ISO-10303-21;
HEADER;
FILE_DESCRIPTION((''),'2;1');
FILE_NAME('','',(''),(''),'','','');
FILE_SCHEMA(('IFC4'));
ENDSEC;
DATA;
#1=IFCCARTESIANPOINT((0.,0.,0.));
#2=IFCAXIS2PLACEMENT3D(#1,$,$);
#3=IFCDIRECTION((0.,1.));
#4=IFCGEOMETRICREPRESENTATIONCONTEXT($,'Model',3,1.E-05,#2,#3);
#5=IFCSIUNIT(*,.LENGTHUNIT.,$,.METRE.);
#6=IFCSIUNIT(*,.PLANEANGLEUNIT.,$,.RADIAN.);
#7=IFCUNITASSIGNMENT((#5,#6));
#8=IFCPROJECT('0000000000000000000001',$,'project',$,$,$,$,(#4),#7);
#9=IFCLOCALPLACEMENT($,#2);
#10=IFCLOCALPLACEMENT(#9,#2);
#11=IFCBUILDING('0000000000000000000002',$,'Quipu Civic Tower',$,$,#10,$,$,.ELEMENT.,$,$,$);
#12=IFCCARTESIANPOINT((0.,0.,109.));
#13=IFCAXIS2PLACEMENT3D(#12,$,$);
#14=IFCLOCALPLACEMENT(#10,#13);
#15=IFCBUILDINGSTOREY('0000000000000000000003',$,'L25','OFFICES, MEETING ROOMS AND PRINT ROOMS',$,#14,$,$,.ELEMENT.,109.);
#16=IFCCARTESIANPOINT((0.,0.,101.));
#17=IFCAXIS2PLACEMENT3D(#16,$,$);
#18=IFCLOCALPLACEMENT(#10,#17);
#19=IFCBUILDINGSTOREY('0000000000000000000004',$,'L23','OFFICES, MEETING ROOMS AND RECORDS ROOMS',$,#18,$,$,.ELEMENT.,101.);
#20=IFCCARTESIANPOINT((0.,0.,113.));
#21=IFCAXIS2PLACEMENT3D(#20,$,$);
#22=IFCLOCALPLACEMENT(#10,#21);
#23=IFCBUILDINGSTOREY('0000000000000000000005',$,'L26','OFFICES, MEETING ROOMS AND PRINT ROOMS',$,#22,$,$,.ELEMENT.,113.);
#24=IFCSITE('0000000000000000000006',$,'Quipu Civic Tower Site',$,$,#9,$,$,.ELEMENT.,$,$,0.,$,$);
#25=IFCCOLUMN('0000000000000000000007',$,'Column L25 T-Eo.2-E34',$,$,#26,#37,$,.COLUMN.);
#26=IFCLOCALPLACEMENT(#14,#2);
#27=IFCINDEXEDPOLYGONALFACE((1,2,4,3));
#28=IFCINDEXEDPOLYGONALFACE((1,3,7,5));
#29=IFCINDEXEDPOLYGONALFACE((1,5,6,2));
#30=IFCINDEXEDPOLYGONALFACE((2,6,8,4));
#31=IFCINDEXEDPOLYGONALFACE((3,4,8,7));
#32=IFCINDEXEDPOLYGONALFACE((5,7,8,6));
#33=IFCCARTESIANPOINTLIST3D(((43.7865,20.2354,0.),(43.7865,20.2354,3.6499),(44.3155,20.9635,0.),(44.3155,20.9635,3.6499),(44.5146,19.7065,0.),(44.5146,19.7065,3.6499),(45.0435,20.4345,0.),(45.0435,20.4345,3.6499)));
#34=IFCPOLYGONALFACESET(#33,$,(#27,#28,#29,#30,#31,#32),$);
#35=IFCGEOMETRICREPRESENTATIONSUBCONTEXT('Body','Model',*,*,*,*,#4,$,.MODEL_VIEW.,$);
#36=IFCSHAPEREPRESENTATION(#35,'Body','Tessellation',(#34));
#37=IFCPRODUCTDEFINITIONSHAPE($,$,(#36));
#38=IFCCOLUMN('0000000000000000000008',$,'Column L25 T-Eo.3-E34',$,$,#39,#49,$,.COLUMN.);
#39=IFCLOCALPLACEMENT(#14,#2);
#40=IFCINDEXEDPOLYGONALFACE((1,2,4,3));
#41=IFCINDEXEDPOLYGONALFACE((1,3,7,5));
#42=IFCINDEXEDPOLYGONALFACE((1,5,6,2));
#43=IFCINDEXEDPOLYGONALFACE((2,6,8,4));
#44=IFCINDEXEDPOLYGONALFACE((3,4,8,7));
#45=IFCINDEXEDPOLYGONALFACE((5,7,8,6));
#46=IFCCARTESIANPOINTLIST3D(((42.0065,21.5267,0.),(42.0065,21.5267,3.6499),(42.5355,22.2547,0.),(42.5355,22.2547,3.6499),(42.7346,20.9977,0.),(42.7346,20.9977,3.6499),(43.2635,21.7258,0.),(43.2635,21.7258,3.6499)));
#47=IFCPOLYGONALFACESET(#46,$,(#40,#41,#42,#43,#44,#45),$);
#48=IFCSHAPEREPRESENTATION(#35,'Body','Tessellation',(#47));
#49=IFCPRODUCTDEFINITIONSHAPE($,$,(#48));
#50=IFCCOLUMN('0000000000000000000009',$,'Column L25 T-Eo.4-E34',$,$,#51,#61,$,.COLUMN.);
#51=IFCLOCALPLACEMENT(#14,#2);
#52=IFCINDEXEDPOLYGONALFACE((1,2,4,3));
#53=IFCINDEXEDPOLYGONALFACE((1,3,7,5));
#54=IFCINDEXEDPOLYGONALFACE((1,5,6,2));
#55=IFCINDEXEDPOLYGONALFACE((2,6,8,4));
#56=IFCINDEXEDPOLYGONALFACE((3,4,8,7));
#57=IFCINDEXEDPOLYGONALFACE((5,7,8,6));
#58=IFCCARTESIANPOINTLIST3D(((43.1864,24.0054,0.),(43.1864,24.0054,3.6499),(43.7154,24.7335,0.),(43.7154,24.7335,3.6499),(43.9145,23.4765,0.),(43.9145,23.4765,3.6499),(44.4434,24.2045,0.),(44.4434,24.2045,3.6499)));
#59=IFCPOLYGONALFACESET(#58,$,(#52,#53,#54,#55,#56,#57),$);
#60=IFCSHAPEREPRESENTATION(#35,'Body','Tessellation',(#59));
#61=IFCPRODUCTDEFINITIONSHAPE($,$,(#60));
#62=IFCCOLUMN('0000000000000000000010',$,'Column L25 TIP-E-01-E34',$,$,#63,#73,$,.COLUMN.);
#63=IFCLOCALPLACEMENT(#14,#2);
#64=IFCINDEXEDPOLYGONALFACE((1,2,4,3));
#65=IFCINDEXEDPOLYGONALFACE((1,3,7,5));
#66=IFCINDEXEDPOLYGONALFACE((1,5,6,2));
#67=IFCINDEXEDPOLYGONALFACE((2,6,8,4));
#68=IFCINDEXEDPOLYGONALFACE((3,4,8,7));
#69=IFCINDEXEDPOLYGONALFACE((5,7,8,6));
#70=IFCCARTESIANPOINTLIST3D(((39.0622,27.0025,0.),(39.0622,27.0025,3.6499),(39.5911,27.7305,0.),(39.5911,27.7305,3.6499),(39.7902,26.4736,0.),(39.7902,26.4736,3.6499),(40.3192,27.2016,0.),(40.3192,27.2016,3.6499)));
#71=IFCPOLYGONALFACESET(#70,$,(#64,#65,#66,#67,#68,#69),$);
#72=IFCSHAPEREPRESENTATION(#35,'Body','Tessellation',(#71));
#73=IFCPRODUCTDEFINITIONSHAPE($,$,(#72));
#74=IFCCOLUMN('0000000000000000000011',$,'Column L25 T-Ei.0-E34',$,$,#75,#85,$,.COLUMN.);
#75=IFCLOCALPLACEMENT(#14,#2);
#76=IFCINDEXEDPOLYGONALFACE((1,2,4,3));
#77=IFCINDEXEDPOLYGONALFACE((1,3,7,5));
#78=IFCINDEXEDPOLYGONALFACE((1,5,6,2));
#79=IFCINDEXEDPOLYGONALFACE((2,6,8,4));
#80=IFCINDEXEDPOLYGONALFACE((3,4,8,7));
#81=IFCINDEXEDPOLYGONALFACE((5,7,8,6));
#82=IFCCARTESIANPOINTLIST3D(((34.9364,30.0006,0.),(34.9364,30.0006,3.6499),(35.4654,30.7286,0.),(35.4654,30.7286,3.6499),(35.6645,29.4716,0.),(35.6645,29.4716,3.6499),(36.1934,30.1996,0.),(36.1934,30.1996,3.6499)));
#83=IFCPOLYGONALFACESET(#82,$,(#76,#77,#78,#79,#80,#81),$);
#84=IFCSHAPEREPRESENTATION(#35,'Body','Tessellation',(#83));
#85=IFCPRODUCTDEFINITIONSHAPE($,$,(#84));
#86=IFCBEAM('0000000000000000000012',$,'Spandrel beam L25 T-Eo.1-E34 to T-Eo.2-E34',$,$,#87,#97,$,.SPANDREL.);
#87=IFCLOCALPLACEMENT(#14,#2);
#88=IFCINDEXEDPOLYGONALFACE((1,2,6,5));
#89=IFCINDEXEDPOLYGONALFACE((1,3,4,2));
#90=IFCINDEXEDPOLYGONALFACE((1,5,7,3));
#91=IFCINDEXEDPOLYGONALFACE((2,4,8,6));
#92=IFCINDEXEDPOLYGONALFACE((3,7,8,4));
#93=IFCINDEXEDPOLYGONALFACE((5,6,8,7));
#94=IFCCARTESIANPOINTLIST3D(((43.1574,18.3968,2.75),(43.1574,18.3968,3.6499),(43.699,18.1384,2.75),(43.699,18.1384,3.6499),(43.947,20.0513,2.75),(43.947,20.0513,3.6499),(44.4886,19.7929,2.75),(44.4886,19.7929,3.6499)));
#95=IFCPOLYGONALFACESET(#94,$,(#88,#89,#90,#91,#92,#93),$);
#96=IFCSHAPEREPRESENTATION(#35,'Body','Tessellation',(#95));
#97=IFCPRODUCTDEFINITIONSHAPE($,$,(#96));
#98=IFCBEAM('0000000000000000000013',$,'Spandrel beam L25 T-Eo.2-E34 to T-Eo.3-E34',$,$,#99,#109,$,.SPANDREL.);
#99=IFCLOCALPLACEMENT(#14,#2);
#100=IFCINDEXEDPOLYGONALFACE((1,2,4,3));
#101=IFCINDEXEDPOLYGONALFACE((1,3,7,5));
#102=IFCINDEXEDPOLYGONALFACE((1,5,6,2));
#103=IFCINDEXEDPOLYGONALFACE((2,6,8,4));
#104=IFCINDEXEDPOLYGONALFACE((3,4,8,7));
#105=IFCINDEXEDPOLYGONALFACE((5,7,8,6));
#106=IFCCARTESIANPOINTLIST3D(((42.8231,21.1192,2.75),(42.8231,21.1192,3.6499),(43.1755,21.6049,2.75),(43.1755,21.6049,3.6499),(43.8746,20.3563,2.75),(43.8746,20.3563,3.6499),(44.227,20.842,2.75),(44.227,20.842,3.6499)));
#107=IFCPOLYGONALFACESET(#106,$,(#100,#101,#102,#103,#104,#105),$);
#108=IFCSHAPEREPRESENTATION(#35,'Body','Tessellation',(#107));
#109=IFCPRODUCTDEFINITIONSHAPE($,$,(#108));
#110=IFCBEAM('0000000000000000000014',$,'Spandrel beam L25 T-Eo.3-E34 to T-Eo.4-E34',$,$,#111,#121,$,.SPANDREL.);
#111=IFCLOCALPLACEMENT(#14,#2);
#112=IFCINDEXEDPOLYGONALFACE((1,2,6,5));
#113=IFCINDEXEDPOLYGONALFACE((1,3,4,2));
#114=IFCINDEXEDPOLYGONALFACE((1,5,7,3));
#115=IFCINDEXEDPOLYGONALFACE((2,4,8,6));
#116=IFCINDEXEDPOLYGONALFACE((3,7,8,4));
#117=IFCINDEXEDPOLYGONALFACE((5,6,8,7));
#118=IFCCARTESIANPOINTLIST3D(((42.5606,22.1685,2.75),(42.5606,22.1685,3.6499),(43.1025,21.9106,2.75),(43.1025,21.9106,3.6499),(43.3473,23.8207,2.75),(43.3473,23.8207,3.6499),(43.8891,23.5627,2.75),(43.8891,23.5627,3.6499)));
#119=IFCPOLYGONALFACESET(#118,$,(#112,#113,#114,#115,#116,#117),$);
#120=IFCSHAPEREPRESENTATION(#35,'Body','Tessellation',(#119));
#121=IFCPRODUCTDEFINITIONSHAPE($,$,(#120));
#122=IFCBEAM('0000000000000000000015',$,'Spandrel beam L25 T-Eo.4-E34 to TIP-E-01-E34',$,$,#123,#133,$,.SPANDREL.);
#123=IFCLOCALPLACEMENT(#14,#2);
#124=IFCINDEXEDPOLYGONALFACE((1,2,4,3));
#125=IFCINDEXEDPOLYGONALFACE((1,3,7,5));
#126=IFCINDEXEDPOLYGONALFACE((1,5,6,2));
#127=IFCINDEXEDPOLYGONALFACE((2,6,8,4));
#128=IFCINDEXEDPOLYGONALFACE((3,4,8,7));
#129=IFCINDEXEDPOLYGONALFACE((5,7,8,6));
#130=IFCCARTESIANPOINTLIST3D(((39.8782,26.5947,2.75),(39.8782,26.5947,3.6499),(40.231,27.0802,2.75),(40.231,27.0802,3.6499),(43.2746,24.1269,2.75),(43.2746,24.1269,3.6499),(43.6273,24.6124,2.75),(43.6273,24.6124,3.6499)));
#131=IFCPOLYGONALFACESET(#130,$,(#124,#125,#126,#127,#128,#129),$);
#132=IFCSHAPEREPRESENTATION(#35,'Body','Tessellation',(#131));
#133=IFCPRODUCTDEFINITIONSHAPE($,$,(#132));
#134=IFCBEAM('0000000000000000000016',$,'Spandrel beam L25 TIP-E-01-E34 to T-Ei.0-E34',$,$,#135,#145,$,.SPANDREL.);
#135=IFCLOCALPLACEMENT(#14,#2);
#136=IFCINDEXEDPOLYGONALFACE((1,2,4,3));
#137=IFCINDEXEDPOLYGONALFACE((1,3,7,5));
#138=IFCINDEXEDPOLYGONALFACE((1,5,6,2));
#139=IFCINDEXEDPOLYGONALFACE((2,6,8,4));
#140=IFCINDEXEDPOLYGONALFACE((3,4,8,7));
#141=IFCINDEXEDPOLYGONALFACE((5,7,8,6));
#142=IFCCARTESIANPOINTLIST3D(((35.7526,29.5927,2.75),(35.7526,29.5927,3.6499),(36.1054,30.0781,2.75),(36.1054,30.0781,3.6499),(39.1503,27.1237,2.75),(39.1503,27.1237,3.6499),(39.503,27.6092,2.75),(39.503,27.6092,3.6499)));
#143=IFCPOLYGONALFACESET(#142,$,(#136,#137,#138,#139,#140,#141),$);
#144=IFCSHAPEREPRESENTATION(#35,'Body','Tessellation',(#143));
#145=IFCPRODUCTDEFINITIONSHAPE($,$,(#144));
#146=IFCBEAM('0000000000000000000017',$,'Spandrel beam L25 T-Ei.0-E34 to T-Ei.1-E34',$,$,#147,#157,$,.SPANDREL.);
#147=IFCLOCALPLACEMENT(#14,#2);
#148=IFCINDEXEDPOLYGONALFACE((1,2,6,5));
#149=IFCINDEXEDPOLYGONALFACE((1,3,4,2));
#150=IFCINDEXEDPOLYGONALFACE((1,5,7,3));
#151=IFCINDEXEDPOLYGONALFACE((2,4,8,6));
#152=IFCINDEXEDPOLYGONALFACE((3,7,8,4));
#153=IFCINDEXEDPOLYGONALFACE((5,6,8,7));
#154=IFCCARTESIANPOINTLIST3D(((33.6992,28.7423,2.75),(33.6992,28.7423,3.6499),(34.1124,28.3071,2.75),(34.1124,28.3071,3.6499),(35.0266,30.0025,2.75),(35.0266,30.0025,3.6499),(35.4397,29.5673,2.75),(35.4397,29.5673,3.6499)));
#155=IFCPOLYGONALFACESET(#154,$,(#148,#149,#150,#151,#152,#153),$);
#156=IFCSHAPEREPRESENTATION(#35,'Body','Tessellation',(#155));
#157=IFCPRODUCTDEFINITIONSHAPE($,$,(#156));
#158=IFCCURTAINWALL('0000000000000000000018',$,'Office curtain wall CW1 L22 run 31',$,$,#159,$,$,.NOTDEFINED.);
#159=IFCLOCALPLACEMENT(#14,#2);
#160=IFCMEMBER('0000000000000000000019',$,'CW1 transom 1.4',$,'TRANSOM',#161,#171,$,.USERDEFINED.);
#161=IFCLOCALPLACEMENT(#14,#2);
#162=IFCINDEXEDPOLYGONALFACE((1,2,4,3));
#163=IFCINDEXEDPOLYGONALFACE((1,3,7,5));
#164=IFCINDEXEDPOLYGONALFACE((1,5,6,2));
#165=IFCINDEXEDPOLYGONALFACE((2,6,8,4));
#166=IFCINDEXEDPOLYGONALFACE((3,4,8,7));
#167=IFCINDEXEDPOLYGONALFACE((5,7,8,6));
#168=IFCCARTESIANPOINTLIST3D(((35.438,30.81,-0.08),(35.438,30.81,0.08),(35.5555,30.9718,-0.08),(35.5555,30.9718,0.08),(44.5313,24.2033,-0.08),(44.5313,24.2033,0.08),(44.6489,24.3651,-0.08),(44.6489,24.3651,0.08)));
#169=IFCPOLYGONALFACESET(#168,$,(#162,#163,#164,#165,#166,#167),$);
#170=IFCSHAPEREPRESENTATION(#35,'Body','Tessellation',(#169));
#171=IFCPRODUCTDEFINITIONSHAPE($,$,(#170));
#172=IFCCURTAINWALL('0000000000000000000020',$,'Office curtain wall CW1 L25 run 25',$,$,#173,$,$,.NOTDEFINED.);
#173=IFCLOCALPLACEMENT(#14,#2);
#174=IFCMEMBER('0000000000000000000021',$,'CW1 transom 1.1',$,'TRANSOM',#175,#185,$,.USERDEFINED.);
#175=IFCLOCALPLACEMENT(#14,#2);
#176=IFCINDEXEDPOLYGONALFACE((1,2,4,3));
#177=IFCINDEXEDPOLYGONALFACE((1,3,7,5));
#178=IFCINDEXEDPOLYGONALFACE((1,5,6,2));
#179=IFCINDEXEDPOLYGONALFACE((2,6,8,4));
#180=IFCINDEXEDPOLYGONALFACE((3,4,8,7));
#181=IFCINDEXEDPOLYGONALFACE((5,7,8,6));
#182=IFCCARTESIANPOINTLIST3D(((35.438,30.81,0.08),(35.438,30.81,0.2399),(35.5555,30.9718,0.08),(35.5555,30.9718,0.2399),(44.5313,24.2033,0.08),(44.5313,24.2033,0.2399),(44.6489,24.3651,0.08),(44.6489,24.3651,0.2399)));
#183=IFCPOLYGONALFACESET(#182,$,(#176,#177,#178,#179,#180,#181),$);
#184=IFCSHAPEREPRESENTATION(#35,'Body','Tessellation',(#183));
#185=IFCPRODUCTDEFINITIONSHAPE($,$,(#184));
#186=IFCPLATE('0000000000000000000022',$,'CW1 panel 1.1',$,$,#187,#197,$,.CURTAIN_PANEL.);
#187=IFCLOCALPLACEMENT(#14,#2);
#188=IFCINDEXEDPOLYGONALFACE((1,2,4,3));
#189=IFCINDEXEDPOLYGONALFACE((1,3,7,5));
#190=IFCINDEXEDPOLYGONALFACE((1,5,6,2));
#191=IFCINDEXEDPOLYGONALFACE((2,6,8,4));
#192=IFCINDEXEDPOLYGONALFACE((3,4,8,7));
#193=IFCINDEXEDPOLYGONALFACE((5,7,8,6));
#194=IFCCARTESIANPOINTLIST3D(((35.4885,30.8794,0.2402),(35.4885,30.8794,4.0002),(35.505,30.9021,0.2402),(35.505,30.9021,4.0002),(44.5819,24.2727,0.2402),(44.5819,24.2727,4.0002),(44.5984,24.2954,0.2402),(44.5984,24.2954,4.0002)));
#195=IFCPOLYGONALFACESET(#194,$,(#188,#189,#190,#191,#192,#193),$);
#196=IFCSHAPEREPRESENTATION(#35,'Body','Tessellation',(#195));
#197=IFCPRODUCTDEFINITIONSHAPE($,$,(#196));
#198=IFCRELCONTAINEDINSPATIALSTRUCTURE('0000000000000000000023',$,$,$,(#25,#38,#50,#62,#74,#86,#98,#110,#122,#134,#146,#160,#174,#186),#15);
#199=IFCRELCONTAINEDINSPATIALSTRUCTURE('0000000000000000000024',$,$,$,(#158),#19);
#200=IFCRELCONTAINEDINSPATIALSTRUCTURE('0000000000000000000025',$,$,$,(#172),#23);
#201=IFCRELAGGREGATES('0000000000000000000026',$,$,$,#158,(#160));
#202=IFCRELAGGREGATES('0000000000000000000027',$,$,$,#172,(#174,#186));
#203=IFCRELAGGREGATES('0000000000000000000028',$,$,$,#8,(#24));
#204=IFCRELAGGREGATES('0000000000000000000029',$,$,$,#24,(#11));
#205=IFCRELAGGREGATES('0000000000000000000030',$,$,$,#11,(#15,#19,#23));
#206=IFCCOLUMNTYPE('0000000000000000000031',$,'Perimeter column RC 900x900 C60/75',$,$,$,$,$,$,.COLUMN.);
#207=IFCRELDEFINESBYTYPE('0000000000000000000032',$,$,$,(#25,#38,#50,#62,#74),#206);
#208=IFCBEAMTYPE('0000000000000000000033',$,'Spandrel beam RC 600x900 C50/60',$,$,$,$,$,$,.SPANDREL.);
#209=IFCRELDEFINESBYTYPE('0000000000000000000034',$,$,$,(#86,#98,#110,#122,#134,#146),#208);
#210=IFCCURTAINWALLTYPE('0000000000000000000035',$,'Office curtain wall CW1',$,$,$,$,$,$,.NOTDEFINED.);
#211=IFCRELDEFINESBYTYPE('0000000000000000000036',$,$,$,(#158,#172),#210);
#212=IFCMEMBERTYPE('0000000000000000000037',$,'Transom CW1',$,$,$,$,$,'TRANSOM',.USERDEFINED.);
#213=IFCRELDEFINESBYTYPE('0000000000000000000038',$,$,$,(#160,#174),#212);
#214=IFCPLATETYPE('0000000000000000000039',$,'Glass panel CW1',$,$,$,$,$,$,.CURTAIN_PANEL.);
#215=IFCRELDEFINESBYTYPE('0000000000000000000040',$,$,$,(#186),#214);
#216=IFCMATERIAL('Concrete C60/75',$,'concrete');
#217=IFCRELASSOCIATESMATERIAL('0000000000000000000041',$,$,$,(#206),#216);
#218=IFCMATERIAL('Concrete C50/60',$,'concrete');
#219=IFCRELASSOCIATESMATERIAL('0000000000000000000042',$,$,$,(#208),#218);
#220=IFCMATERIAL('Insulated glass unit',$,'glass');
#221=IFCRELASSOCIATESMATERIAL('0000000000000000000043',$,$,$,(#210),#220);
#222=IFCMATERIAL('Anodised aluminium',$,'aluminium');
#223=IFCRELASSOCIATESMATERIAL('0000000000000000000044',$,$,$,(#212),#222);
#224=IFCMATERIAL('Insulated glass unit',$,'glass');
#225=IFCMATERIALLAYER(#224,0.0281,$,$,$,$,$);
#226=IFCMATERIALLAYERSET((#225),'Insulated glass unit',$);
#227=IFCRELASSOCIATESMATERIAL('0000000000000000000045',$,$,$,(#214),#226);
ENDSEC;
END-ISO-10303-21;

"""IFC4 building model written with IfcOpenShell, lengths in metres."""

from ifc_helpers import new_model, si_unit, direction, frame, origin, origin_2d, place, context, subcontext, project, spatial, rectangle, extrude, material, layer, layer_set, material_profile, profile_set, type_object, element, aggregate, save


model = new_model("IFC4")

# Units and contexts
model_context = context("Model", 3, precision=1e-05, world=origin(), true_north=direction((0.0, 1.0)))
body_context = subcontext(model_context, "Body", "Model", "MODEL_VIEW")
ifc_project = project(units=[si_unit("LENGTHUNIT", "METRE"), si_unit("PLANEANGLEUNIT", "RADIAN")], contexts=[model_context])

# Site, building, storey
site_placement = place(None, origin())
site = spatial("IfcSite", under=ifc_project, at=site_placement, Name="Quipu Civic Tower Site", CompositionType="ELEMENT", RefElevation=0.0)
building_placement = place(site_placement, origin())
building = spatial("IfcBuilding", under=site, at=building_placement, Name="Quipu Civic Tower", CompositionType="ELEMENT")
storey_1_placement = place(building_placement, frame((0.0, 0.0, 109.0)))
storey_1 = spatial("IfcBuildingStorey", under=building, at=storey_1_placement, Name="L25", Description="OFFICES, MEETING ROOMS AND PRINT ROOMS", CompositionType="ELEMENT", Elevation=109.0)

# Columns
ifc_material_1 = material(Name="Concrete C60/75", Category="concrete")
ifc_material_profile_1 = material_profile(ifc_material_1, rectangle(XDim=0.8999, YDim=0.8999, at=origin_2d()), Name="RC900x900")
ifc_profile_set_1 = profile_set([ifc_material_profile_1], Name="Concrete C60/75")
column_type = type_object("IfcColumnType", Name="Perimeter column RC 900x900 C60/75", PredefinedType="COLUMN", material=ifc_profile_set_1)
for number, where, z_axis, x_axis, name in (
    (1, (44.415, 20.335, 0.0), (0.0, 0.0, 1.0), (0.587785, 0.809017, 0.0), "Column L25 T-Eo.2-E34"),
    (2, (42.635, 21.6262, 0.0), (0.0, 0.0, 1.0), (-0.809017, 0.587785, 0.0), "Column L25 T-Eo.3-E34"),
    (3, (43.8149, 24.105, 0.0), (0.0, 0.0, 1.0), (-0.809017, 0.587785, 0.0), "Column L25 T-Eo.4-E34"),
    (4, (39.6907, 27.1021, 0.0), (0.0, 0.0, 1.0), (-0.809017, 0.587785, 0.0), "Column L25 TIP-E-01-E34"),
    (5, (35.5649, 30.1001, 0.0), (0.0, 0.0, 1.0), (-0.587785, -0.809017, 0.0), "Column L25 T-Ei.0-E34"),
):
    element("IfcColumn", number, at=place(storey_1_placement, frame(where, z_axis=z_axis, x_axis=x_axis)), inside=storey_1, type_object=column_type, Name=name, PredefinedType="COLUMN", context=body_context, shape_type="SweptSolid", body=[
        extrude(rectangle(XDim=0.8999, YDim=0.8999, at=origin_2d()), origin(), (0.0, 0.0, 1.0), 3.6499),
    ])

# Beams
ifc_material_2 = material(Name="Concrete C50/60", Category="concrete")
ifc_material_profile_2 = material_profile(ifc_material_2, rectangle(XDim=0.6001, YDim=0.8999, at=origin_2d()), Name="RC600x900")
ifc_profile_set_2 = profile_set([ifc_material_profile_2], Name="Concrete C50/60")
beam_type = type_object("IfcBeamType", Name="Spandrel beam RC 600x900 C50/60", PredefinedType="SPANDREL", material=ifc_profile_set_2)
beam_1_placement = place(storey_1_placement, frame((43.4282, 18.2676, 3.2), z_axis=(0.430678, 0.902506, 0.0), x_axis=(-0.902506, 0.430678, 0.0)))
element("IfcBeam", 6, at=beam_1_placement, inside=storey_1, type_object=beam_type, Name="Spandrel beam L25 T-Eo.1-E34 to T-Eo.2-E34", PredefinedType="SPANDREL", context=body_context, shape_type="SweptSolid", body=[
    extrude(rectangle(XDim=0.6001, YDim=0.8999, at=origin_2d()), origin(), (0.0, 0.0, 1.0), 1.8333),
])
beam_2_placement = place(storey_1_placement, frame((44.0508, 20.5991, 3.2), z_axis=(-0.809394, 0.587266, 0.0), x_axis=(-0.587266, -0.809394, 0.0)))
element("IfcBeam", 7, at=beam_2_placement, inside=storey_1, type_object=beam_type, Name="Spandrel beam L25 T-Eo.2-E34 to T-Eo.3-E34", PredefinedType="SPANDREL", context=body_context, shape_type="SweptSolid", body=[
    extrude(rectangle(XDim=0.6001, YDim=0.8999, at=origin_2d()), origin(), (0.0, 0.0, 1.0), 1.2991),
])
beam_3_placement = place(storey_1_placement, frame((42.8315, 22.0396, 3.2), z_axis=(0.429892, 0.90288, 0.0), x_axis=(-0.90288, 0.429892, 0.0)))
element("IfcBeam", 8, at=beam_3_placement, inside=storey_1, type_object=beam_type, Name="Spandrel beam L25 T-Eo.3-E34 to T-Eo.4-E34", PredefinedType="SPANDREL", context=body_context, shape_type="SweptSolid", body=[
    extrude(rectangle(XDim=0.6001, YDim=0.8999, at=origin_2d()), origin(), (0.0, 0.0, 1.0), 1.8298),
])
beam_4_placement = place(storey_1_placement, frame((43.4509, 24.3696, 3.2), z_axis=(-0.808987, 0.587826, 0.0), x_axis=(-0.587826, -0.808987, 0.0)))
element("IfcBeam", 9, at=beam_4_placement, inside=storey_1, type_object=beam_type, Name="Spandrel beam L25 T-Eo.4-E34 to TIP-E-01-E34", PredefinedType="SPANDREL", context=body_context, shape_type="SweptSolid", body=[
    extrude(rectangle(XDim=0.6001, YDim=0.8999, at=origin_2d()), origin(), (0.0, 0.0, 1.0), 4.1982),
])
beam_5_placement = place(storey_1_placement, frame((39.3267, 27.3665, 3.2), z_axis=(-0.80897, 0.58785, 0.0), x_axis=(-0.58785, -0.80897, 0.0)))
element("IfcBeam", 10, at=beam_5_placement, inside=storey_1, type_object=beam_type, Name="Spandrel beam L25 TIP-E-01-E34 to T-Ei.0-E34", PredefinedType="SPANDREL", context=body_context, shape_type="SweptSolid", body=[
    extrude(rectangle(XDim=0.6001, YDim=0.8999, at=origin_2d()), origin(), (0.0, 0.0, 1.0), 4.2),
])
beam_6_placement = place(storey_1_placement, frame((35.2332, 29.7849, 3.2), z_axis=(-0.725209, -0.688529, 0.0), x_axis=(0.688529, -0.725209, 0.0)))
element("IfcBeam", 11, at=beam_6_placement, inside=storey_1, type_object=beam_type, Name="Spandrel beam L25 T-Ei.0-E34 to T-Ei.1-E34", PredefinedType="SPANDREL", context=body_context, shape_type="SweptSolid", body=[
    extrude(rectangle(XDim=0.6001, YDim=0.8999, at=origin_2d()), origin(), (0.0, 0.0, 1.0), 1.8303),
])

# Shared definitions
storey_2_placement = place(building_placement, frame((0.0, 0.0, 101.0)))
storey_2 = spatial("IfcBuildingStorey", under=building, at=storey_2_placement, Name="L23", Description="OFFICES, MEETING ROOMS AND RECORDS ROOMS", CompositionType="ELEMENT", Elevation=101.0)

# Curtain wall, member
ifc_material_3 = material(Name="Insulated glass unit", Category="glass")
curtain_wall_type = type_object("IfcCurtainWallType", Name="Office curtain wall CW1", PredefinedType="NOTDEFINED", material=ifc_material_3)
curtain_wall_1_placement = place(storey_2_placement, origin())
curtain_wall_1 = element("IfcCurtainWall", 12, at=curtain_wall_1_placement, inside=storey_2, type_object=curtain_wall_type, Name="Office curtain wall CW1 L22 run 31", PredefinedType="NOTDEFINED")
ifc_material_4 = material(Name="Anodised aluminium", Category="aluminium")
ifc_material_profile_3 = material_profile(ifc_material_4, rectangle(XDim=0.2, YDim=0.1599, at=origin_2d()), Name="RECT 200x160")
ifc_profile_set_3 = profile_set([ifc_material_profile_3], Name="Anodised aluminium")
member_type = type_object("IfcMemberType", Name="Transom CW1", ElementType="TRANSOM", PredefinedType="USERDEFINED", material=ifc_profile_set_3)
member_1_placement = place(storey_1_placement, frame((44.5901, 24.2842, 0.0), z_axis=(-0.809015, 0.587788, 0.0), x_axis=(-0.587788, -0.809015, 0.0)))
member_1 = element("IfcMember", 13, at=member_1_placement, inside=storey_1, type_object=member_type, Name="CW1 transom 1.4", ObjectType="TRANSOM", PredefinedType="USERDEFINED", context=body_context, shape_type="SweptSolid", body=[
    extrude(rectangle(XDim=0.2, YDim=0.1599, at=origin_2d()), origin(), (0.0, 0.0, 1.0), 11.24),
])
aggregate(curtain_wall_1, [member_1])

# Shared definitions
storey_3_placement = place(building_placement, frame((0.0, 0.0, 113.0)))
storey_3 = spatial("IfcBuildingStorey", under=building, at=storey_3_placement, Name="L26", Description="OFFICES, MEETING ROOMS AND PRINT ROOMS", CompositionType="ELEMENT", Elevation=113.0)

# Curtain wall, member, plate
curtain_wall_2_placement = place(storey_3_placement, origin())
curtain_wall_2 = element("IfcCurtainWall", 14, at=curtain_wall_2_placement, inside=storey_3, type_object=curtain_wall_type, Name="Office curtain wall CW1 L25 run 25", PredefinedType="NOTDEFINED")
member_2_placement = place(storey_1_placement, frame((44.5901, 24.2842, 0.1599), z_axis=(-0.809015, 0.587788, 0.0), x_axis=(-0.587788, -0.809015, 0.0)))
member_2 = element("IfcMember", 15, at=member_2_placement, inside=storey_1, type_object=member_type, Name="CW1 transom 1.1", ObjectType="TRANSOM", PredefinedType="USERDEFINED", context=body_context, shape_type="SweptSolid", body=[
    extrude(rectangle(XDim=0.2, YDim=0.1599, at=origin_2d()), origin(), (0.0, 0.0, 1.0), 11.24),
])
ifc_material_5 = material(Name="Insulated glass unit", Category="glass")
ifc_layer_1 = layer(ifc_material_5, 0.0281)
ifc_layer_set_1 = layer_set([ifc_layer_1], Name="Insulated glass unit")
plate_type_1 = type_object("IfcPlateType", Name="Glass panel CW1", PredefinedType="CURTAIN_PANEL", material=ifc_layer_set_1)
plate_placement = place(storey_1_placement, frame((40.0435, 27.5874, 0.2402), z_axis=(0.0, 0.0, 1.0), x_axis=(-0.809015, 0.587788, 0.0)))
plate = element("IfcPlate", 16, at=plate_placement, inside=storey_1, type_object=plate_type_1, Name="CW1 panel 1.1", PredefinedType="CURTAIN_PANEL", context=body_context, shape_type="SweptSolid", body=[
    extrude(rectangle(XDim=11.24, YDim=0.0281, at=origin_2d()), origin(), (0.0, 0.0, 1.0), 3.76),
])
aggregate(curtain_wall_2, [member_2, plate])

save(model, "model.ifc")
